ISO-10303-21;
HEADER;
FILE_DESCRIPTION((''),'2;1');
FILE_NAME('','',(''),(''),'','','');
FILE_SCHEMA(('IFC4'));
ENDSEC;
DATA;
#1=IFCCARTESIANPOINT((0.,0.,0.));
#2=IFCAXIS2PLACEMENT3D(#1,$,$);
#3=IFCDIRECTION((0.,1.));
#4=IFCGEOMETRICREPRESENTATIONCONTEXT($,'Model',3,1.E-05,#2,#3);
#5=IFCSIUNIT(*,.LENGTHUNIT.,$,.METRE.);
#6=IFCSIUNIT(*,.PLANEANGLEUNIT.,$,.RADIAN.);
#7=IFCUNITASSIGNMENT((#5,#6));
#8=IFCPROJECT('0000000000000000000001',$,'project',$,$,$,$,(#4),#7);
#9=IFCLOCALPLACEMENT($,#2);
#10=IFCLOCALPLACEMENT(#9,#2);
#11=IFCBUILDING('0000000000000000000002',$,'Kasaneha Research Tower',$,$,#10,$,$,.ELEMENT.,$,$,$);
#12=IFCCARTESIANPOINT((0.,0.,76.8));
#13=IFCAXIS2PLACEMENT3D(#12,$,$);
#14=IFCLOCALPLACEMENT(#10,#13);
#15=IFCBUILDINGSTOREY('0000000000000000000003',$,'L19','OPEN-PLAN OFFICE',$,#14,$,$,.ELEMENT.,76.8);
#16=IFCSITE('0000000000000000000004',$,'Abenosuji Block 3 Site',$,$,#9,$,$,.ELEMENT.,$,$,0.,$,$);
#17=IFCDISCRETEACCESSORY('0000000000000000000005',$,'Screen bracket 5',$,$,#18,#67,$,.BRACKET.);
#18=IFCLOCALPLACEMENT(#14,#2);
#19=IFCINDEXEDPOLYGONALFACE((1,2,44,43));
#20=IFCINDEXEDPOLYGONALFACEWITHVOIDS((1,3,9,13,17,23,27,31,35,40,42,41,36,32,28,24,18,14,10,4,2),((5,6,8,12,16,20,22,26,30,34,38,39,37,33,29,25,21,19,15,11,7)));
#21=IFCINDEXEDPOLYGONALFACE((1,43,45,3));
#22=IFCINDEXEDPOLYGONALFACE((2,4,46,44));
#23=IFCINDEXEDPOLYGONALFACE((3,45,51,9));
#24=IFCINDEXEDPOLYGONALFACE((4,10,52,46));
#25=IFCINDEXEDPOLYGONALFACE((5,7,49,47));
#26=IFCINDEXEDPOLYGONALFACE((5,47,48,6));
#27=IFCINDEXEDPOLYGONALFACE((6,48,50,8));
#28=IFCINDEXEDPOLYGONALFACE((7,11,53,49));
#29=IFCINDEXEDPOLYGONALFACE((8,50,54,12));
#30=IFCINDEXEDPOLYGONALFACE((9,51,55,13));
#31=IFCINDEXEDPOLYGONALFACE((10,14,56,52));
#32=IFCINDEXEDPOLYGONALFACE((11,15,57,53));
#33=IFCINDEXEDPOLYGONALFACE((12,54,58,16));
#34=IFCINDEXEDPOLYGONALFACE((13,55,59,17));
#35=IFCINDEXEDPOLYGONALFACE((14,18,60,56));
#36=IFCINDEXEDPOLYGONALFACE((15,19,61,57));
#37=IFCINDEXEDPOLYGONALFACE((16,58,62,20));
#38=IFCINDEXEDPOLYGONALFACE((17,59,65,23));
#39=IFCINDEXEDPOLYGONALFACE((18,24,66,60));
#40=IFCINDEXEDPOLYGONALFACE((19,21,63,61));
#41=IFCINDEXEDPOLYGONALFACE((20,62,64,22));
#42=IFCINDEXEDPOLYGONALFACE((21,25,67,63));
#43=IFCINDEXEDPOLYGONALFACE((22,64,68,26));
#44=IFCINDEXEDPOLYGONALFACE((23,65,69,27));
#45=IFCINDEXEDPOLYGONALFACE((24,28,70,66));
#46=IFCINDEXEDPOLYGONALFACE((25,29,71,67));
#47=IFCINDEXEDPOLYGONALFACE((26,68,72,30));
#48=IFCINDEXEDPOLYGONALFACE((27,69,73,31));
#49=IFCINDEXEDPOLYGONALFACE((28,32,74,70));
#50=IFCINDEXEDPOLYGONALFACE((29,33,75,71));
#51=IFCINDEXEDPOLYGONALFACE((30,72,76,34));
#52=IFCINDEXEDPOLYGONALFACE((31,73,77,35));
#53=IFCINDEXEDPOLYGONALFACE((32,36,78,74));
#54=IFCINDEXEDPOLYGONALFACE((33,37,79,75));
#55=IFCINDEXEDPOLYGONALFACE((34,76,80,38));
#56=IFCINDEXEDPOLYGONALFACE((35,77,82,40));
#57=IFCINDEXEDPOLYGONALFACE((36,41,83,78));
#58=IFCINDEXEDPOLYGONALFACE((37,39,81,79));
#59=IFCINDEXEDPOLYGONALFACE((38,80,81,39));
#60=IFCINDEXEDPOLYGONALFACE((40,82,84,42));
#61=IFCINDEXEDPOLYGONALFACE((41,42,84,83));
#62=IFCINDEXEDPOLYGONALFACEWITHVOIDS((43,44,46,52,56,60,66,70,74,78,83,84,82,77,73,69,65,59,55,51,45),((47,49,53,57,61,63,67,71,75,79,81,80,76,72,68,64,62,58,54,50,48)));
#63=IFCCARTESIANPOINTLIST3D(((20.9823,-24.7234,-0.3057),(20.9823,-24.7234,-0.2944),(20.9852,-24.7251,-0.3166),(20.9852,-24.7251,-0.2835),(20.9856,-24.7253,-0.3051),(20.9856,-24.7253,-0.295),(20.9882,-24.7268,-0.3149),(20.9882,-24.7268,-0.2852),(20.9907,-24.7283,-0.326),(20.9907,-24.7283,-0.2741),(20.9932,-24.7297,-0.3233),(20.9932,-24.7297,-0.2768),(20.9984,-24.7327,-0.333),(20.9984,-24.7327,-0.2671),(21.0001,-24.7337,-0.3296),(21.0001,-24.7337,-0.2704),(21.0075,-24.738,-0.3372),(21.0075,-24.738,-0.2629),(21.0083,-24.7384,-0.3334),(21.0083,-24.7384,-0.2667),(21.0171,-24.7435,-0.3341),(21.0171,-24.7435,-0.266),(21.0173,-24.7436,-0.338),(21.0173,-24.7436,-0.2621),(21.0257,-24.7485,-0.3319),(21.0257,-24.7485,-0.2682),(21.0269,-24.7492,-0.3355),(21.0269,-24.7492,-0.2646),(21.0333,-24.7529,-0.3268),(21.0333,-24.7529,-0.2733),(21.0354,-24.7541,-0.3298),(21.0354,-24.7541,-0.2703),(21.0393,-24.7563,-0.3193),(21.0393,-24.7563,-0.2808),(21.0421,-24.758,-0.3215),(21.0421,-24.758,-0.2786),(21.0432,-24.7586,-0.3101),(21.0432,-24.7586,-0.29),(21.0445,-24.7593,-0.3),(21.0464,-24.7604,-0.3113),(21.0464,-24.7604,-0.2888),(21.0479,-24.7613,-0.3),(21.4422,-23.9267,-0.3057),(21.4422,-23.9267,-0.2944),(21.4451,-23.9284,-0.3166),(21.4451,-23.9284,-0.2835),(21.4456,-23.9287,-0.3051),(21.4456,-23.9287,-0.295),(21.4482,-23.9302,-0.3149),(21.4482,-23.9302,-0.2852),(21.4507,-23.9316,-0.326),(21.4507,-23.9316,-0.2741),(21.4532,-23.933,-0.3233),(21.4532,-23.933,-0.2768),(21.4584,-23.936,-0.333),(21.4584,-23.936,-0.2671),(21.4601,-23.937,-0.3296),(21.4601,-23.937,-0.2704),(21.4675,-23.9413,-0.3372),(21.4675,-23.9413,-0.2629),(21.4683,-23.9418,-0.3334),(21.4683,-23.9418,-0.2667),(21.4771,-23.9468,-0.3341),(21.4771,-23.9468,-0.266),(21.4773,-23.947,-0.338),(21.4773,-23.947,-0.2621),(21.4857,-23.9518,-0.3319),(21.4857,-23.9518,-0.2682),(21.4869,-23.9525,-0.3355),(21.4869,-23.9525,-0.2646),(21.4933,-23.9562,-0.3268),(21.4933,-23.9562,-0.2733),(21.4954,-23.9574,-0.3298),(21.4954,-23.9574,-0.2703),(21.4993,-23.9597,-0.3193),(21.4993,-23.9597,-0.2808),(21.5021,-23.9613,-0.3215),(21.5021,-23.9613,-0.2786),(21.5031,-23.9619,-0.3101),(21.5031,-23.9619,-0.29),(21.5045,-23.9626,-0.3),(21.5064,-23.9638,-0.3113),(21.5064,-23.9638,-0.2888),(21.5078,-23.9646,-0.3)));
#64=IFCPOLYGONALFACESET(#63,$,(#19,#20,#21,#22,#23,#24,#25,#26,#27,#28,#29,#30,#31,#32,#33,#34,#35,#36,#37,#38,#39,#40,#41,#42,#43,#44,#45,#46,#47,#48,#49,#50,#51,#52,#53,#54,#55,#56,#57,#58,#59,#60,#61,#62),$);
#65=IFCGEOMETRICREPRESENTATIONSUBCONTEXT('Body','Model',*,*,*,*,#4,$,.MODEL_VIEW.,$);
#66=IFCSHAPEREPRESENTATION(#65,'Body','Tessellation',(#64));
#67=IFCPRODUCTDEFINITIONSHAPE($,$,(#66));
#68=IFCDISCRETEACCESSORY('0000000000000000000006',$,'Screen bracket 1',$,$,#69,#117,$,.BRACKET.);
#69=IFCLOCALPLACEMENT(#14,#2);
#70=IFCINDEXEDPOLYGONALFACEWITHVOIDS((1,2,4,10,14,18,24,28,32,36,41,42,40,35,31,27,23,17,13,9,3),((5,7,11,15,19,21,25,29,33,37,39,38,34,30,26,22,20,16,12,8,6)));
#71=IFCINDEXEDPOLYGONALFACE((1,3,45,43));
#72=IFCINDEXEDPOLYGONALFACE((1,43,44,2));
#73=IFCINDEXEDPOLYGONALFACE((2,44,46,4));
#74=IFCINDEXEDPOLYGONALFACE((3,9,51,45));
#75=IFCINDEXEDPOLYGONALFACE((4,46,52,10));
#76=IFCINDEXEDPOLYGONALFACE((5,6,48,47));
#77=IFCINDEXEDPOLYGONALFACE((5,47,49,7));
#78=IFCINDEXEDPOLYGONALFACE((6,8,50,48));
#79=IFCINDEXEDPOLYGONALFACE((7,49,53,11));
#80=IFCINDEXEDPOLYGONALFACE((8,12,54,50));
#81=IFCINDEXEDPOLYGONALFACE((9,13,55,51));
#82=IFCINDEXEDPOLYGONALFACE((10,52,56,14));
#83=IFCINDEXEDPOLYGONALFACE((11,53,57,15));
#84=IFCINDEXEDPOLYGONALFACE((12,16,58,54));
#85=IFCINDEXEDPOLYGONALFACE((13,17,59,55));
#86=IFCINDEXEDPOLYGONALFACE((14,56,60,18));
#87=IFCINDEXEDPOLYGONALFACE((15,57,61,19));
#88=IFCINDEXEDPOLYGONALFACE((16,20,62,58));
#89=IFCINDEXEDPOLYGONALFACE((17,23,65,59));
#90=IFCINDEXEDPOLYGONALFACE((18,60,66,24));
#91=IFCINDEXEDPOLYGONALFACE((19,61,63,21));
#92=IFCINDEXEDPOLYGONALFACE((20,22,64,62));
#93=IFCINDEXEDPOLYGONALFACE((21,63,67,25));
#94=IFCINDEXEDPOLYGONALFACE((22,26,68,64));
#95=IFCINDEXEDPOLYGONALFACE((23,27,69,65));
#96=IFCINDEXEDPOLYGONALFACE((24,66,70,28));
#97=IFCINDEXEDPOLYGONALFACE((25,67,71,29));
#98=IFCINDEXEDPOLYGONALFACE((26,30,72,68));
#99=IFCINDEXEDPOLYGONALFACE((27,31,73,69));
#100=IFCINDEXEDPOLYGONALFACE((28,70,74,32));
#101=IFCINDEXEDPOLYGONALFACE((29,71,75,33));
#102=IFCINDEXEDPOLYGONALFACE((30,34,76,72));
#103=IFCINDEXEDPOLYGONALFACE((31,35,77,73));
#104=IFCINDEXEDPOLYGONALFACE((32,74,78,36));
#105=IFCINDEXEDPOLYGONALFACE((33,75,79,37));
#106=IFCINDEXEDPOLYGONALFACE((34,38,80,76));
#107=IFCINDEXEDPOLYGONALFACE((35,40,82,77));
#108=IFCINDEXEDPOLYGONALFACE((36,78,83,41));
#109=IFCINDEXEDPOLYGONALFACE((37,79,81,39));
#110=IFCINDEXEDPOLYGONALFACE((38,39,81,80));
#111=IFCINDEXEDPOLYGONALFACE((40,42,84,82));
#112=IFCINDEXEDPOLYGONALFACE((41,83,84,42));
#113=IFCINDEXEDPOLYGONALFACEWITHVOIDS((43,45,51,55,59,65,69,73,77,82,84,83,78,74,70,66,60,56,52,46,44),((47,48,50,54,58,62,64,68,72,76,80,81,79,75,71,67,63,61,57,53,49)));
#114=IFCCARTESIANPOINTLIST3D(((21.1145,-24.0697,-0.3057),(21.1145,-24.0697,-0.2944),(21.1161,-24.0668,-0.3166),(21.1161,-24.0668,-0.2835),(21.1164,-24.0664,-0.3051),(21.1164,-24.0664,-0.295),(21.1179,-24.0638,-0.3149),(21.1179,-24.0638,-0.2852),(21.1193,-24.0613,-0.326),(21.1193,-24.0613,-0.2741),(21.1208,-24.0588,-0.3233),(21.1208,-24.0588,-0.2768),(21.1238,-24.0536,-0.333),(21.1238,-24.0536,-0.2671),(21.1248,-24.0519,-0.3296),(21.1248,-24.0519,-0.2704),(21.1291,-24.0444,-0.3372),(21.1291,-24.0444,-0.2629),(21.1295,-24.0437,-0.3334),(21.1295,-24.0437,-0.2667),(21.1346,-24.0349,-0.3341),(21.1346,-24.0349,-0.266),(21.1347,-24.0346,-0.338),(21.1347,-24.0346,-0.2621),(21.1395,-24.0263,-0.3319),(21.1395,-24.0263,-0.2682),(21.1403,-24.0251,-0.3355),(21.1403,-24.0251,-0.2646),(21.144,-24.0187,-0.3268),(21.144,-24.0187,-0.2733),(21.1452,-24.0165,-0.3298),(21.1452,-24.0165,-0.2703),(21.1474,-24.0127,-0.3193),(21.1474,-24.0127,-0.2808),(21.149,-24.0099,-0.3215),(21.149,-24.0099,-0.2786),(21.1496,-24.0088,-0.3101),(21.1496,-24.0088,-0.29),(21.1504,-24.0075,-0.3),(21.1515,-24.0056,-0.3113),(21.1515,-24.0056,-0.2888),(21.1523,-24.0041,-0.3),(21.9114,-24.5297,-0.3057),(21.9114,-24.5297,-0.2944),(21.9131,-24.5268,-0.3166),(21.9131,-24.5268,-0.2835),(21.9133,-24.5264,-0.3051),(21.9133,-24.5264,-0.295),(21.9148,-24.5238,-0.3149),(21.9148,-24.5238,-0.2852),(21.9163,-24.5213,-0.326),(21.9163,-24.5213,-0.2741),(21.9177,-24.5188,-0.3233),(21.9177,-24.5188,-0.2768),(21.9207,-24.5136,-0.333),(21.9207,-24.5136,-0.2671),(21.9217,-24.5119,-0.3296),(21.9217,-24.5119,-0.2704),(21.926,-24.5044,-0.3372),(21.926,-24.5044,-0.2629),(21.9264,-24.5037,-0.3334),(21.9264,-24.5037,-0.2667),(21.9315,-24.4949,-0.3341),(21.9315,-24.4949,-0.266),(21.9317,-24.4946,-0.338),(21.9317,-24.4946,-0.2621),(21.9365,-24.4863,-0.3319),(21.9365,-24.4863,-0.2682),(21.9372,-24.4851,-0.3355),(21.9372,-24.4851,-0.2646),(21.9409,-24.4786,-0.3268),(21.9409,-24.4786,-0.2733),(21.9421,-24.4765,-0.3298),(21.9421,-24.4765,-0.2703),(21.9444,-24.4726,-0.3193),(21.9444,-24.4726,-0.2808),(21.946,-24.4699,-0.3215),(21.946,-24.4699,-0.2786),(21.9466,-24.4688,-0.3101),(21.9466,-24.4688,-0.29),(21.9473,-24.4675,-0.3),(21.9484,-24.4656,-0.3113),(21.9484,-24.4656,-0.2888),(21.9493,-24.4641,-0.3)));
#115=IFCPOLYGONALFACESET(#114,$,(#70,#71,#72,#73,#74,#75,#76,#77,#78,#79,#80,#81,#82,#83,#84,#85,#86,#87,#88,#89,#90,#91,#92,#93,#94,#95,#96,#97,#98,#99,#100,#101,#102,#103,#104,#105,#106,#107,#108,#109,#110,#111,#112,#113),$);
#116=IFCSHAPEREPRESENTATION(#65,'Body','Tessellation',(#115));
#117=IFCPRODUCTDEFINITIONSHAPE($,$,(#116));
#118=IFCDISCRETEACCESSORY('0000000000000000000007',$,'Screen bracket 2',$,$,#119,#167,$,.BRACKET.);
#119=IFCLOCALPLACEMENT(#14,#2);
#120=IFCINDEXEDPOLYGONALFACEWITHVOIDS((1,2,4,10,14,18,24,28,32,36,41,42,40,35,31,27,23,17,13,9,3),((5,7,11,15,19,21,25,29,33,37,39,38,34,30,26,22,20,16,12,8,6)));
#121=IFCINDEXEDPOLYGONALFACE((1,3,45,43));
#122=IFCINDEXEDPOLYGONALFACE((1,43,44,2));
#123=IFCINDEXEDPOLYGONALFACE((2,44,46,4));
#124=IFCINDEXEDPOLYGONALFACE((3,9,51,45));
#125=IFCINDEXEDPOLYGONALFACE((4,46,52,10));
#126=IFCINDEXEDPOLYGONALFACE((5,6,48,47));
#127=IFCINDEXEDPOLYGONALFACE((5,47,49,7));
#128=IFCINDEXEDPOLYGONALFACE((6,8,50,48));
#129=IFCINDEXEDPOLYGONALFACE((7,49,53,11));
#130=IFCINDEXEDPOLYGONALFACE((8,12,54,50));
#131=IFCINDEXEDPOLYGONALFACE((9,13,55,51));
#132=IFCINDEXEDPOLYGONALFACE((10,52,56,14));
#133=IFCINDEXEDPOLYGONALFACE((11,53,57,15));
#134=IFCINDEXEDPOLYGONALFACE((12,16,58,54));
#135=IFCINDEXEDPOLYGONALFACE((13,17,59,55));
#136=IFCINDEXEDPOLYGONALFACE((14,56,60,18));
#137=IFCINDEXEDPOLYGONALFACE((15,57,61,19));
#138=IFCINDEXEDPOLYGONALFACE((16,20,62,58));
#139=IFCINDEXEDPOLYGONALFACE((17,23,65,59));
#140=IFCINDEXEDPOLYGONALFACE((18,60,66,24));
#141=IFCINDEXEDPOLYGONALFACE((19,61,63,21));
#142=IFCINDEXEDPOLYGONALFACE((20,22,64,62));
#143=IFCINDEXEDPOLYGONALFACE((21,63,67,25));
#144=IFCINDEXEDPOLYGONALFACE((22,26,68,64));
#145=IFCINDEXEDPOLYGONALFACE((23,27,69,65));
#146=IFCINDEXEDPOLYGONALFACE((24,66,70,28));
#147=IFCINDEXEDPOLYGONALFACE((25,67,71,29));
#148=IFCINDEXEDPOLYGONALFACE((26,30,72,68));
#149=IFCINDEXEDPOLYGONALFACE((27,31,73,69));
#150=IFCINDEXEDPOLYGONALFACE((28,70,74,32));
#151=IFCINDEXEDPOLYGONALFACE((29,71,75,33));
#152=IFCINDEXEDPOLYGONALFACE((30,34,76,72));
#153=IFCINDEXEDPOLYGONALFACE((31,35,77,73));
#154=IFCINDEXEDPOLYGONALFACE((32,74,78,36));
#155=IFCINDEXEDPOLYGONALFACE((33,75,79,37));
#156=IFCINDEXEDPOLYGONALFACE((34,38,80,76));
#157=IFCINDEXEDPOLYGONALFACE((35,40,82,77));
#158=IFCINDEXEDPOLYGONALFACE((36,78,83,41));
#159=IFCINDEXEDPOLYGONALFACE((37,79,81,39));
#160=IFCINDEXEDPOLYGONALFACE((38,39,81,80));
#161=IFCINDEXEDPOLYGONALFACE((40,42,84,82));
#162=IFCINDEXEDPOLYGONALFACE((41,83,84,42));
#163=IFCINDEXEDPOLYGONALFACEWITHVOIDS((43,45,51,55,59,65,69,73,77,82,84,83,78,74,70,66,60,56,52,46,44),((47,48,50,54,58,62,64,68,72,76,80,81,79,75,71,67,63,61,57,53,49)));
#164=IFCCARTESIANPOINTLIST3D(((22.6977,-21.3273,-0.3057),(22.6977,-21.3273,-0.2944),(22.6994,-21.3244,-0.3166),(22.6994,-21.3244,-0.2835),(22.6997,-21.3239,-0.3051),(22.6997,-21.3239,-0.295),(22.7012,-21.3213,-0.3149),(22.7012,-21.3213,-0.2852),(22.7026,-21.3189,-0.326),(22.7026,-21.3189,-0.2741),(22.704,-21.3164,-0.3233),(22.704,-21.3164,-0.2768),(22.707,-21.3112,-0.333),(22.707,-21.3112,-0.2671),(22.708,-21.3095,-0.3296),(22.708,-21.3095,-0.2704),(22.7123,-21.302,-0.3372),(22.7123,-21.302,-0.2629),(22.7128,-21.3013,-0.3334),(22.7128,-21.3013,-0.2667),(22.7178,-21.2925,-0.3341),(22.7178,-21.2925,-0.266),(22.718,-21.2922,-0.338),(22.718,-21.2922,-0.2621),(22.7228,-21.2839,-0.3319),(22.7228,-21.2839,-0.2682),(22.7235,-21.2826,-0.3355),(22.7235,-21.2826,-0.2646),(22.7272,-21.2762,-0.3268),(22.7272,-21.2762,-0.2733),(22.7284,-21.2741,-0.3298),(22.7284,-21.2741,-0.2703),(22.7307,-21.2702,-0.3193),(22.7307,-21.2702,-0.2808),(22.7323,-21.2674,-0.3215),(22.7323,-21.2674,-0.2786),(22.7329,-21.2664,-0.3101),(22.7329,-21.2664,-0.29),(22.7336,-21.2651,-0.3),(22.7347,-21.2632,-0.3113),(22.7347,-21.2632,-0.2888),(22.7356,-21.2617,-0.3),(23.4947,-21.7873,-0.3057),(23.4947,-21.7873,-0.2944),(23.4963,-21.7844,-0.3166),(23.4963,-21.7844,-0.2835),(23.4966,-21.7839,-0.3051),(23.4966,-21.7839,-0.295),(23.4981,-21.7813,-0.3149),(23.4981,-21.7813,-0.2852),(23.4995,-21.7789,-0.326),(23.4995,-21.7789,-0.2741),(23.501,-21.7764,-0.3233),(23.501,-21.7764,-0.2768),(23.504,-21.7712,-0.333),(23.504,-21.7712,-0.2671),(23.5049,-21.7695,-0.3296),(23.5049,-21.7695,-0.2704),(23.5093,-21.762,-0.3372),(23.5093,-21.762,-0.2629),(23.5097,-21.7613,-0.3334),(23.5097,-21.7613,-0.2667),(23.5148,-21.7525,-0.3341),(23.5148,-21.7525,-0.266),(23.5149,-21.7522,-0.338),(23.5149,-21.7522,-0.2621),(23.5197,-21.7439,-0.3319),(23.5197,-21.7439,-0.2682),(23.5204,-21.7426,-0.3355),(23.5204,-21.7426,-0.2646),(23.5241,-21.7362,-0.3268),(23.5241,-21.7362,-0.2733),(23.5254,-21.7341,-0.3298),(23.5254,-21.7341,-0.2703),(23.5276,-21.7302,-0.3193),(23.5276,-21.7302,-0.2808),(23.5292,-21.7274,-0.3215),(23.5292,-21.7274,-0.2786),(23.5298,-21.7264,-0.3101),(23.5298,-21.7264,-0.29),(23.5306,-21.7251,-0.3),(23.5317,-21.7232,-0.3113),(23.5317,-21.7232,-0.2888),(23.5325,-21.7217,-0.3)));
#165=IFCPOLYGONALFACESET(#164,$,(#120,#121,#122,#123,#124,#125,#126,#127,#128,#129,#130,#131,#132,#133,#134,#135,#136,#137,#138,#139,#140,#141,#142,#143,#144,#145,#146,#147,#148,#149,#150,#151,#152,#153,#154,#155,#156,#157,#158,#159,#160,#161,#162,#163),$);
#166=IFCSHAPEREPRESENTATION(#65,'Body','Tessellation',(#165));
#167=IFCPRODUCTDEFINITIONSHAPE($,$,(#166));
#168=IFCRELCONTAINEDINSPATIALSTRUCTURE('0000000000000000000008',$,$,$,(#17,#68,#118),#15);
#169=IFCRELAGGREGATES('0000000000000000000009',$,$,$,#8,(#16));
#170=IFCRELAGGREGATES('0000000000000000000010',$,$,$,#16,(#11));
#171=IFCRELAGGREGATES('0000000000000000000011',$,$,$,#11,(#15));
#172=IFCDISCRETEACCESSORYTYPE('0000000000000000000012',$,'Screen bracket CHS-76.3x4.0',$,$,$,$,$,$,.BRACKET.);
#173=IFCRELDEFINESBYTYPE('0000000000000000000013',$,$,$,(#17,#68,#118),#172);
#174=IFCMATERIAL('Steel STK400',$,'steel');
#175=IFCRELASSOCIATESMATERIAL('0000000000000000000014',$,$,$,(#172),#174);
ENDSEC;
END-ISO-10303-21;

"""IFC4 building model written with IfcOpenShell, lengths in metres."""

from ifc_helpers import new_model, si_unit, direction, frame, origin, origin_2d, place, context, subcontext, project, spatial, hollow_circle, extrude, material, material_profile, profile_set, type_object, element, save


model = new_model("IFC4")

# Units and contexts
model_context = context("Model", 3, precision=1e-05, world=origin(), true_north=direction((0.0, 1.0)))
body_context = subcontext(model_context, "Body", "Model", "MODEL_VIEW")
ifc_project = project(units=[si_unit("LENGTHUNIT", "METRE"), si_unit("PLANEANGLEUNIT", "RADIAN")], contexts=[model_context])

# Site, building, storey
site_placement = place(None, origin())
site = spatial("IfcSite", under=ifc_project, at=site_placement, Name="Abenosuji Block 3 Site", CompositionType="ELEMENT", RefElevation=0.0)
building_placement = place(site_placement, origin())
building = spatial("IfcBuilding", under=site, at=building_placement, Name="Kasaneha Research Tower", CompositionType="ELEMENT")
storey_placement = place(building_placement, frame((0.0, 0.0, 76.8)))
storey = spatial("IfcBuildingStorey", under=building, at=storey_placement, Name="L19", Description="OPEN-PLAN OFFICE", CompositionType="ELEMENT", Elevation=76.8)

# Discrete accessories
ifc_material_1 = material(Name="Steel STK400", Category="steel")
ifc_material_profile_1 = material_profile(ifc_material_1, hollow_circle(Radius=0.0381, WallThickness=0.0039, at=origin_2d()), Name="CHS-76.3x4.0")
ifc_profile_set_1 = profile_set([ifc_material_profile_1], Name="Steel STK400")
discrete_accessory_type = type_object("IfcDiscreteAccessoryType", Name="Screen bracket CHS-76.3x4.0", PredefinedType="BRACKET", material=ifc_profile_set_1)
discrete_accessory_1_placement = place(storey_placement, frame((21.4749, -23.9456, -0.3), z_axis=(-0.500021, -0.866013, 0.0), x_axis=(0.866013, -0.500021, 0.0)))
element("IfcDiscreteAccessory", 1, at=discrete_accessory_1_placement, inside=storey, type_object=discrete_accessory_type, Name="Screen bracket 5", PredefinedType="BRACKET", context=body_context, shape_type="SweptSolid", body=[
    extrude(hollow_circle(Radius=0.0381, WallThickness=0.0039, at=origin_2d()), origin(), (0.0, 0.0, 1.0), 0.9199),
])
for number, where, z_axis, x_axis, name in (
    (2, (21.1333, -24.0371, -0.3), (0.86608, -0.499906, 0.0), (0.499906, 0.86608, 0.0), "Screen bracket 1"),
    (3, (22.7166, -21.2947, -0.3), (0.86608, -0.499906, 0.0), (0.499906, 0.86608, 0.0), "Screen bracket 2"),
):
    element("IfcDiscreteAccessory", number, at=place(storey_placement, frame(where, z_axis=z_axis, x_axis=x_axis)), inside=storey, type_object=discrete_accessory_type, Name=name, PredefinedType="BRACKET", context=body_context, shape_type="SweptSolid", body=[
        extrude(hollow_circle(Radius=0.0381, WallThickness=0.0039, at=origin_2d()), origin(), (0.0, 0.0, 1.0), 0.9202),
    ])

save(model, "model.ifc")
